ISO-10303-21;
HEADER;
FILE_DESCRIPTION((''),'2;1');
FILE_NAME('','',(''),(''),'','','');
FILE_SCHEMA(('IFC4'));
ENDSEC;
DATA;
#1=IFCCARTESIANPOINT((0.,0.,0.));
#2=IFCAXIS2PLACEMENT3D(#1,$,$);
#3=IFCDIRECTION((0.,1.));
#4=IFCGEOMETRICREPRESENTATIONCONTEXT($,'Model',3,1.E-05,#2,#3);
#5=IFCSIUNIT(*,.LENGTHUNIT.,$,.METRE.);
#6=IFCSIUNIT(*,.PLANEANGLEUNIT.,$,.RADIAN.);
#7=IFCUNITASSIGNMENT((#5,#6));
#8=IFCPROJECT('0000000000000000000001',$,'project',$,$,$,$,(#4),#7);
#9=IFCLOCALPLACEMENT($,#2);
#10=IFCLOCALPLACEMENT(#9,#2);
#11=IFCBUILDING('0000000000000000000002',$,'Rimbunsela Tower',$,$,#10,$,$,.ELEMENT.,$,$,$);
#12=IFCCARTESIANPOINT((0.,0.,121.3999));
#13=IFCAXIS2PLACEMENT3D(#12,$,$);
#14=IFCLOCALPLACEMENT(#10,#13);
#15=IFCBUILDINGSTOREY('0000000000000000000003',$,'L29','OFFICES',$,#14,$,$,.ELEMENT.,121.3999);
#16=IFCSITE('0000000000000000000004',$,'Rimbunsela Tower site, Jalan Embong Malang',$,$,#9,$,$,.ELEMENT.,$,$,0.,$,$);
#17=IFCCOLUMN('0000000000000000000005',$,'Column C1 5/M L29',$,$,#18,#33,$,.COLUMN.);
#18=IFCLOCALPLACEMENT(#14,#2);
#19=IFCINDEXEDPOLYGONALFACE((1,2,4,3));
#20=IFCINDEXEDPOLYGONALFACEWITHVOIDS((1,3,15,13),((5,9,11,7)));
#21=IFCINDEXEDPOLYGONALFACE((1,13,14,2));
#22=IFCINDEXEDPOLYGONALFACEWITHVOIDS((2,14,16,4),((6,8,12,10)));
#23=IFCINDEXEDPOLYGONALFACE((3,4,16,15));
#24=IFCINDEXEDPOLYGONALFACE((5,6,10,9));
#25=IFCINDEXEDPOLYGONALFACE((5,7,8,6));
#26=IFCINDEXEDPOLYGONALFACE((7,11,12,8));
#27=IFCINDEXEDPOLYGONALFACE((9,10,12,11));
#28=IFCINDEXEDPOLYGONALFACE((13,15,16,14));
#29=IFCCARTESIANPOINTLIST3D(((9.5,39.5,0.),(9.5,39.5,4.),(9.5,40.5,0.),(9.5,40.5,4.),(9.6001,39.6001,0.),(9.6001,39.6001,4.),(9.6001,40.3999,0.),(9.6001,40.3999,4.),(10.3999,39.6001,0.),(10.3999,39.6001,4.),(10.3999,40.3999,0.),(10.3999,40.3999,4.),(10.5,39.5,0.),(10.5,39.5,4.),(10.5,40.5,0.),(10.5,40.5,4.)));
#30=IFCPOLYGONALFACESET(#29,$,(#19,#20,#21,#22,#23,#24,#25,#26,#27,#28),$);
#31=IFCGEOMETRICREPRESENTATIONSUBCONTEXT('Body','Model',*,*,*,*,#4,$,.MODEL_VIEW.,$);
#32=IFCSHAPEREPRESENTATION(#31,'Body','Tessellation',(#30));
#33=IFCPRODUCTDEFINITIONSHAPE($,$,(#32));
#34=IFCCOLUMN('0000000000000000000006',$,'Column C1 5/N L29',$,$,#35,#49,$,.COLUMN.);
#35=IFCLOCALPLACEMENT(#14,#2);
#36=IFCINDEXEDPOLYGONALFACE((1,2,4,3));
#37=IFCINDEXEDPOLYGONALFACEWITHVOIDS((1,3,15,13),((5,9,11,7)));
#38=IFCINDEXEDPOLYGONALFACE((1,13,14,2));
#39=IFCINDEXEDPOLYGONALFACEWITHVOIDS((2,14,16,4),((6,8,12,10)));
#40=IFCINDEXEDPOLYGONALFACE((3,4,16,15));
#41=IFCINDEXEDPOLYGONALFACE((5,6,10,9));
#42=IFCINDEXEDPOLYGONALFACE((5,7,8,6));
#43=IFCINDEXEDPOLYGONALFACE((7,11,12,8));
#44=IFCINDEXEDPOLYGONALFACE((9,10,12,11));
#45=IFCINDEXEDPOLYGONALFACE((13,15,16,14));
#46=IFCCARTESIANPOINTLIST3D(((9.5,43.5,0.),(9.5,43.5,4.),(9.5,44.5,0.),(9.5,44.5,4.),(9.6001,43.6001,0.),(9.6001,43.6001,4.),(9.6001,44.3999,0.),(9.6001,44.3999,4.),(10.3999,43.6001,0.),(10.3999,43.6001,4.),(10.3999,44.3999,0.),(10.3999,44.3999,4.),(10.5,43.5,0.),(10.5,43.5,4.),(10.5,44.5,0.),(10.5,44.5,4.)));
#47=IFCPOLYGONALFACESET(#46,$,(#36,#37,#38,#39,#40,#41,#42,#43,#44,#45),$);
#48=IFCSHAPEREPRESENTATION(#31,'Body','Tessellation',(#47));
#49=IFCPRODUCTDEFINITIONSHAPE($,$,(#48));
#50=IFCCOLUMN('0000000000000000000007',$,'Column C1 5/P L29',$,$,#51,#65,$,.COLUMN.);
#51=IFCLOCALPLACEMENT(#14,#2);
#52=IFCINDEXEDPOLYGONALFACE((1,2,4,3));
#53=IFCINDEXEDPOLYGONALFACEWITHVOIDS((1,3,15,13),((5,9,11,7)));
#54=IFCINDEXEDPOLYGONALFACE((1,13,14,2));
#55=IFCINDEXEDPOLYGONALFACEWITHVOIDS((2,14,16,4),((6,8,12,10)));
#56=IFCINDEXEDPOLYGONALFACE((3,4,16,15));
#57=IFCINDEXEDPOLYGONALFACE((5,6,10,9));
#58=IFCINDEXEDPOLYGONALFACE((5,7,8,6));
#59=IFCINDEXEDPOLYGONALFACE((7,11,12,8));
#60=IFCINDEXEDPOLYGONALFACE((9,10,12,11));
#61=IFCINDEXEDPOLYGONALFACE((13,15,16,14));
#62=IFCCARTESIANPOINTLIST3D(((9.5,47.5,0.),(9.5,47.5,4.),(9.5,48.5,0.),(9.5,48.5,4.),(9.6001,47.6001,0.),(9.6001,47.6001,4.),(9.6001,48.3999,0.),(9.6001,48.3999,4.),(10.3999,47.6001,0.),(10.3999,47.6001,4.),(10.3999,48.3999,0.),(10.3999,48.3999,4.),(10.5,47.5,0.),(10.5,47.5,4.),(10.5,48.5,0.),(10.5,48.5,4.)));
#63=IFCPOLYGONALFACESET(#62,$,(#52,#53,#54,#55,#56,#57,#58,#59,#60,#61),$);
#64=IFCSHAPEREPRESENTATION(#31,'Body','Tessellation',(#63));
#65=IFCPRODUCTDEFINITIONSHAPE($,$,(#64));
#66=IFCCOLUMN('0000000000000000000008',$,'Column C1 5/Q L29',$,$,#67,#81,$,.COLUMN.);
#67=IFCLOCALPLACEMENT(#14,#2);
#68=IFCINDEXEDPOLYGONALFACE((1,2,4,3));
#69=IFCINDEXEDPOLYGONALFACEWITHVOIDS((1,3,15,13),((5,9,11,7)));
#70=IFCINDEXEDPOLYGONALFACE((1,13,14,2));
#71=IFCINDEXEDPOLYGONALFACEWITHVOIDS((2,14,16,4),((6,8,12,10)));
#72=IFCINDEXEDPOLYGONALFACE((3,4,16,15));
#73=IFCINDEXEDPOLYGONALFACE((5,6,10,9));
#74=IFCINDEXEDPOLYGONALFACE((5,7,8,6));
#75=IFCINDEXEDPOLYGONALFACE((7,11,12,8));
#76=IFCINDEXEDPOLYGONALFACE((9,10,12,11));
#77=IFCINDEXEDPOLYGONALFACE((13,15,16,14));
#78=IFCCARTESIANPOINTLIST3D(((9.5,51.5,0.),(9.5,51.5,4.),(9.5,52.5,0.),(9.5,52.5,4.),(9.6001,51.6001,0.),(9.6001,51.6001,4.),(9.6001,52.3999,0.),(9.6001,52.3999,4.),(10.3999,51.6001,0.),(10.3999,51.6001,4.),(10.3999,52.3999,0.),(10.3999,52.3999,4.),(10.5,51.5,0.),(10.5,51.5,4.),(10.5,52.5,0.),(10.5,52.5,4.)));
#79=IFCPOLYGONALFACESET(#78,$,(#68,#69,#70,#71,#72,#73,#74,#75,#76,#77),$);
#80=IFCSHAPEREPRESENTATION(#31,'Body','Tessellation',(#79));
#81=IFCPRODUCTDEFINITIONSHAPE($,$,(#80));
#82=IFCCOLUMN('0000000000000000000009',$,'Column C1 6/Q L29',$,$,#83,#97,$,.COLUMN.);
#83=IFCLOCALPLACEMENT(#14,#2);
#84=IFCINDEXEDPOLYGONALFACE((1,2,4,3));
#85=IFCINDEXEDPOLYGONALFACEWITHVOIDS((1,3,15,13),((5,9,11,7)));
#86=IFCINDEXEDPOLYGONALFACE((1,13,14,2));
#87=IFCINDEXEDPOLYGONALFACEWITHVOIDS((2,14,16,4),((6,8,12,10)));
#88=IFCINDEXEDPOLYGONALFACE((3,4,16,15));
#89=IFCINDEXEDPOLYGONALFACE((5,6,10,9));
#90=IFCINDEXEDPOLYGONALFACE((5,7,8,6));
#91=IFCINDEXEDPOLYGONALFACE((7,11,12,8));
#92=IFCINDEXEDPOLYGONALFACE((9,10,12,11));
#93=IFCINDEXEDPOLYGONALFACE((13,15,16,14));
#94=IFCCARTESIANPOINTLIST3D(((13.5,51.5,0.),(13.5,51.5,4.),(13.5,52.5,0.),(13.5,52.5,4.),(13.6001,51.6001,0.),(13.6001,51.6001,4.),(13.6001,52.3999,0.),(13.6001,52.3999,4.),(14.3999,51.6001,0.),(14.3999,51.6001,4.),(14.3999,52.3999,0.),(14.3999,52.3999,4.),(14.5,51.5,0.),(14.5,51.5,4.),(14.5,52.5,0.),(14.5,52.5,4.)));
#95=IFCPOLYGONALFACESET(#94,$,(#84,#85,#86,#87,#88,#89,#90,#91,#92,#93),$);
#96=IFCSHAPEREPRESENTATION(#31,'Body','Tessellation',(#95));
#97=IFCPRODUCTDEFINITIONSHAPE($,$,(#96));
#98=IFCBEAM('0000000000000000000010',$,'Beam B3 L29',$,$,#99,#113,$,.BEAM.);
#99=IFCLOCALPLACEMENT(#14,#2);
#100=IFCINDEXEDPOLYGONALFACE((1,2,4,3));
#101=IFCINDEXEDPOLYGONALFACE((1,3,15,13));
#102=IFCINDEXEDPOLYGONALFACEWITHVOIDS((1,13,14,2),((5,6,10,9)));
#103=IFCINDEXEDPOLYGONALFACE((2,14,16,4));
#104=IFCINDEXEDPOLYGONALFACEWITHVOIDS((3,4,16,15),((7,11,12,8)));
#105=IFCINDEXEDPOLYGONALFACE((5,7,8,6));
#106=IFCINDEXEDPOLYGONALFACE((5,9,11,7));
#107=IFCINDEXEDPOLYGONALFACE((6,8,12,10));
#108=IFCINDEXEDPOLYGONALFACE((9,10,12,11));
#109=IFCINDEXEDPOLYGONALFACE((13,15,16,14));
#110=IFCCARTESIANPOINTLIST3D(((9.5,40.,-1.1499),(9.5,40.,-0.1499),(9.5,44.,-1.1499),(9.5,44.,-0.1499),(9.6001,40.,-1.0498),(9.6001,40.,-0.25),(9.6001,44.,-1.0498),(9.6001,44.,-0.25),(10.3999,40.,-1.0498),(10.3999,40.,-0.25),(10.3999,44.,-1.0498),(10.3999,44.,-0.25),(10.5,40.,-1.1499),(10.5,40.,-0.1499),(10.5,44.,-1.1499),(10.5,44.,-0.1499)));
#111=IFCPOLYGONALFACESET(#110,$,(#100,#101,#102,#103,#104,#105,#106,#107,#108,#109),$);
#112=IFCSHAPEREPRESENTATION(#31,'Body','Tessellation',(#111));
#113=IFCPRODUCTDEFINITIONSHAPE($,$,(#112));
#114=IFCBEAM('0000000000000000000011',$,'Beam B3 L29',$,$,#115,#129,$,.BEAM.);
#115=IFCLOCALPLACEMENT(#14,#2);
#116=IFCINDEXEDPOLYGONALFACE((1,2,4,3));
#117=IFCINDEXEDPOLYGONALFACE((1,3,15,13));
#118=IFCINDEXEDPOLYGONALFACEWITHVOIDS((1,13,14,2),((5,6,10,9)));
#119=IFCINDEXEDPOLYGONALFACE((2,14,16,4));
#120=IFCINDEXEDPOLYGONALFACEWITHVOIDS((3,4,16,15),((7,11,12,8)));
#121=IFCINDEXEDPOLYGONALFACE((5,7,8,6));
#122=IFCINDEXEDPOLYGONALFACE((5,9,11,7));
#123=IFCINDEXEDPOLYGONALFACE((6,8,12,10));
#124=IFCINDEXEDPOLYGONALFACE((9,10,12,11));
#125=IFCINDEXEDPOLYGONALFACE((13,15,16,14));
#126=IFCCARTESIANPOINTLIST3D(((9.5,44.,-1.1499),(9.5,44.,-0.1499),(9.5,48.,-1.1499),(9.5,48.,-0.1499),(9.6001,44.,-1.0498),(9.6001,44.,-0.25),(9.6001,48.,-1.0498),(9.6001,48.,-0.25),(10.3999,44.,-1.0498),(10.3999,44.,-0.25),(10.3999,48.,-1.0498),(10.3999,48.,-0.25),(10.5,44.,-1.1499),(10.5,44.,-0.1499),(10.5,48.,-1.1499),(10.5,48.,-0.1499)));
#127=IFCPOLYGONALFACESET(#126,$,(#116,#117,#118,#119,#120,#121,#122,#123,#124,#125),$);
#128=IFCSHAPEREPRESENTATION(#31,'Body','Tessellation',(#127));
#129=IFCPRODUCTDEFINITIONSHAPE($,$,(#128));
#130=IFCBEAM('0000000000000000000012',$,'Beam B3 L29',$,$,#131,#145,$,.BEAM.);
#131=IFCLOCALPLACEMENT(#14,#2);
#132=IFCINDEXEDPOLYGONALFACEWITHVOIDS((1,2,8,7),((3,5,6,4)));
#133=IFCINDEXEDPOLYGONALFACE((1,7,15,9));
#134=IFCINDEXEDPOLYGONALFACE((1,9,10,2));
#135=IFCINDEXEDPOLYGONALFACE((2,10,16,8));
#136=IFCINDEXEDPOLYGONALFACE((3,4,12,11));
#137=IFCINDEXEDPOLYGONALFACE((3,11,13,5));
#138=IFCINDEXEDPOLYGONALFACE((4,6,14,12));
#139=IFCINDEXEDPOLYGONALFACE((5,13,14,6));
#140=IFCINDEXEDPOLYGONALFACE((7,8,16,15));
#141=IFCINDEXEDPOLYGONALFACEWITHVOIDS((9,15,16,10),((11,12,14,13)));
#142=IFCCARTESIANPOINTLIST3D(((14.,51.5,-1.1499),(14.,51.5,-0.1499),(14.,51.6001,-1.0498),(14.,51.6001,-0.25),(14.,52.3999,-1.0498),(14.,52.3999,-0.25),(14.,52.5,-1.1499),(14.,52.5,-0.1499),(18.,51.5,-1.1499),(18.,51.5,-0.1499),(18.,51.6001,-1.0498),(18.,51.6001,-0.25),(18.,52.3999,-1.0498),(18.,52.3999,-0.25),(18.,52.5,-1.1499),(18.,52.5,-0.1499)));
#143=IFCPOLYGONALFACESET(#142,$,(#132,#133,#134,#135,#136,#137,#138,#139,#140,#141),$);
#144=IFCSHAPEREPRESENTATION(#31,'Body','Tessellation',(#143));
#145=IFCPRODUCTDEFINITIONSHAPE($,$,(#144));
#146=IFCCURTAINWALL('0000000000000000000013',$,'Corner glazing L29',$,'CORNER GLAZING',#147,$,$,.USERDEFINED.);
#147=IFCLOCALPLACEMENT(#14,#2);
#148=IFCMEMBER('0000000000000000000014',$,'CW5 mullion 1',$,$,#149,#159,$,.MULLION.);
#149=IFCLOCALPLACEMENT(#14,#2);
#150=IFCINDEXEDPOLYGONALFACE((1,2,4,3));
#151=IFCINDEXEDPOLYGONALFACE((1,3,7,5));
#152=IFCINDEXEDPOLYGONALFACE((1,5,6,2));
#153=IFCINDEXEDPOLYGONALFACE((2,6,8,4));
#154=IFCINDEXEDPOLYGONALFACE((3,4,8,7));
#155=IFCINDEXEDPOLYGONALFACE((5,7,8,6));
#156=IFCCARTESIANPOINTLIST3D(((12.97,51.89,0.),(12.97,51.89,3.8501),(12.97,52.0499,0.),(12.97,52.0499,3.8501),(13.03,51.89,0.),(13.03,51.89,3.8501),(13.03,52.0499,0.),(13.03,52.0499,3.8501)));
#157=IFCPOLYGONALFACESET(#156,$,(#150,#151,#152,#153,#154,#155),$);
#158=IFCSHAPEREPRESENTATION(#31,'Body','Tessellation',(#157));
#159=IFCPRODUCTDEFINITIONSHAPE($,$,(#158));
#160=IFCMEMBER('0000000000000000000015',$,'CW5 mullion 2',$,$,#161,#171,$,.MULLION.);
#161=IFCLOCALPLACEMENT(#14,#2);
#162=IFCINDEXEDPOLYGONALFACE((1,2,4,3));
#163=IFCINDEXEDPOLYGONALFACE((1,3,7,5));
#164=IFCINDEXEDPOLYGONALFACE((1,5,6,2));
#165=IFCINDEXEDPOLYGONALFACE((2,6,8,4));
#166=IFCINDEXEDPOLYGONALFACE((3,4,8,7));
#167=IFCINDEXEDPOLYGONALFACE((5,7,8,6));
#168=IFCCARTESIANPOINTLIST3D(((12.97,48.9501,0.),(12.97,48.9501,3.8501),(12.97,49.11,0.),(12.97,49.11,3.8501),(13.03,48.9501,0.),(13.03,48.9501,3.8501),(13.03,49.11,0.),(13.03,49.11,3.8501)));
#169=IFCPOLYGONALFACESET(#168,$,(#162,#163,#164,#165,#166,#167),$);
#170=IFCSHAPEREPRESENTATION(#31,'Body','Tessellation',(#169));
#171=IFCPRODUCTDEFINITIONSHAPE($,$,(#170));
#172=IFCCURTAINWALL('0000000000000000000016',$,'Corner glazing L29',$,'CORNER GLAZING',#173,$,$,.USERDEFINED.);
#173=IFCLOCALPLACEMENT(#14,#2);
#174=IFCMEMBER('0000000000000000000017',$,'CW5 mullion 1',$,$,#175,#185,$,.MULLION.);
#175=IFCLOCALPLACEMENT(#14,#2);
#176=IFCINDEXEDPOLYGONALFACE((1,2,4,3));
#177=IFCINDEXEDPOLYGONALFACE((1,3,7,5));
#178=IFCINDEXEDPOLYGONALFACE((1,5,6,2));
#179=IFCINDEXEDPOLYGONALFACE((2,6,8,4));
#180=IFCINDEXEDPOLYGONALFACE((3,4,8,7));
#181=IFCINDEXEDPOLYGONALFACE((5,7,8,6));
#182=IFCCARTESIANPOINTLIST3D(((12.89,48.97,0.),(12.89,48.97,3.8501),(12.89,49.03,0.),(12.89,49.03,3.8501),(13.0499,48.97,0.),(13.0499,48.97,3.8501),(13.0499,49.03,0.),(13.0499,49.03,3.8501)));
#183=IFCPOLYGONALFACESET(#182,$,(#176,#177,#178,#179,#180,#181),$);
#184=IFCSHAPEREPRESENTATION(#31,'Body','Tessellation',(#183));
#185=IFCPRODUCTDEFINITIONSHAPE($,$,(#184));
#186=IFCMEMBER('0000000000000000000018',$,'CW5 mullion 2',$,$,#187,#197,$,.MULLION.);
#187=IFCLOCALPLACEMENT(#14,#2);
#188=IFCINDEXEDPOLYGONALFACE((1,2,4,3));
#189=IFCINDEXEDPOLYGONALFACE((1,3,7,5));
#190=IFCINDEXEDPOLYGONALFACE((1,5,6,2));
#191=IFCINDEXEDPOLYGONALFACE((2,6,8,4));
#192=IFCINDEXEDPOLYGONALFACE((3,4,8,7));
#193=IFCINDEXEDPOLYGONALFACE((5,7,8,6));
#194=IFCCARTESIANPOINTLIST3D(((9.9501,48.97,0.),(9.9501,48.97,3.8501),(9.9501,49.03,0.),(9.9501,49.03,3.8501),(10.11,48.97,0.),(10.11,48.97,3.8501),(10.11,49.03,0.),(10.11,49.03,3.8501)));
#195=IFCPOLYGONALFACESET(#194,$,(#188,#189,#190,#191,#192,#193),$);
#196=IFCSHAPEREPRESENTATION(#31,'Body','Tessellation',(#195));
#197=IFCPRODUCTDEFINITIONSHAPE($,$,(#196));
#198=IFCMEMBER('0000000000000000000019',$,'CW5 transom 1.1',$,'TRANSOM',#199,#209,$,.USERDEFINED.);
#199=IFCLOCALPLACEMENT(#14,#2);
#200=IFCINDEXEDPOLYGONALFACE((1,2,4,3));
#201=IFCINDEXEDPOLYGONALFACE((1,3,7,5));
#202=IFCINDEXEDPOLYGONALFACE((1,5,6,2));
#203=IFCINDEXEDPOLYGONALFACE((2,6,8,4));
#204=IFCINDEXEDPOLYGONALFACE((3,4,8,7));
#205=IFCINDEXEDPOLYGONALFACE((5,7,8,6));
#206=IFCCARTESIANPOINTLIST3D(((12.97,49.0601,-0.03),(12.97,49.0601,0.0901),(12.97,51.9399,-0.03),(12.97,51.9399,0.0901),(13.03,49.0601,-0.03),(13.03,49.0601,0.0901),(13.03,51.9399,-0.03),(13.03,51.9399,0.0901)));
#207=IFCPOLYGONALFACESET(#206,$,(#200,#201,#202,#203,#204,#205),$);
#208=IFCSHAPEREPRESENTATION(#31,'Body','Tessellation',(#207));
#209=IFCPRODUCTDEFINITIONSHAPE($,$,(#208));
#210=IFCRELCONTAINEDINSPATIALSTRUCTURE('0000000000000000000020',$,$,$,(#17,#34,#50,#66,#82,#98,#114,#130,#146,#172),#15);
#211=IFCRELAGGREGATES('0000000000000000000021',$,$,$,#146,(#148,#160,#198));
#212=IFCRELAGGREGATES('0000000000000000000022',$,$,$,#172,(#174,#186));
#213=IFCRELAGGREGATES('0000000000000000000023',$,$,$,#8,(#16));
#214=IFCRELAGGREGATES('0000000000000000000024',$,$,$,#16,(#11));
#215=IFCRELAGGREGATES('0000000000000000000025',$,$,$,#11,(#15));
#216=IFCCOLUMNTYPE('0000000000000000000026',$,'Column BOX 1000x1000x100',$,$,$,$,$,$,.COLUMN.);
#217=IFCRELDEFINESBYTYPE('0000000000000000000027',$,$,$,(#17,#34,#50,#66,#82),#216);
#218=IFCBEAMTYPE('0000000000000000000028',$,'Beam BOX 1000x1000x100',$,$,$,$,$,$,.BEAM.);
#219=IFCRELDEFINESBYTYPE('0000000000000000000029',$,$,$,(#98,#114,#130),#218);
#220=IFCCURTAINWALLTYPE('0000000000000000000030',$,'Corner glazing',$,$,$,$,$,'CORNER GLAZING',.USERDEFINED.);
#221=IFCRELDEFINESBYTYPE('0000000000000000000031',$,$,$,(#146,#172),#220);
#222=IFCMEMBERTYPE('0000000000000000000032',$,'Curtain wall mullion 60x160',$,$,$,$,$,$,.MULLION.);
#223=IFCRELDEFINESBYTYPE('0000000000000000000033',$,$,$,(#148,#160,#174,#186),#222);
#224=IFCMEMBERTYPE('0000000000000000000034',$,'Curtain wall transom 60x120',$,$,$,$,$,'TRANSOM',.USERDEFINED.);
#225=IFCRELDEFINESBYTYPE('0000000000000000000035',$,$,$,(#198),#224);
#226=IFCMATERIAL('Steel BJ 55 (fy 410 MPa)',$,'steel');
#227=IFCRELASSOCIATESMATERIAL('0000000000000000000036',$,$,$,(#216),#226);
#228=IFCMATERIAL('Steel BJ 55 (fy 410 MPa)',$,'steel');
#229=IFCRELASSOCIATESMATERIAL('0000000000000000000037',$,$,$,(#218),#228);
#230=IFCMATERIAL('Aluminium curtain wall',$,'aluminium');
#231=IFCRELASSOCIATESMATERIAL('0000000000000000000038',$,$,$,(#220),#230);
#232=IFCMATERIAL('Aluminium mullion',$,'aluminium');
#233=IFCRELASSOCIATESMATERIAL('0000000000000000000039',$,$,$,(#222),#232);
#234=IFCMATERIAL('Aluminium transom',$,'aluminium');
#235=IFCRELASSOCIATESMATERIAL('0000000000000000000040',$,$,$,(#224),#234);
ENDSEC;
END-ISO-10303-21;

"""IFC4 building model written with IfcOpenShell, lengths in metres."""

from ifc_helpers import new_model, si_unit, direction, frame, origin, origin_2d, place, context, subcontext, project, spatial, rectangle, hollow_rectangle, extrude, material, material_profile, profile_set, type_object, element, aggregate, save


model = new_model("IFC4")

# Units and contexts
model_context = context("Model", 3, precision=1e-05, world=origin(), true_north=direction((0.0, 1.0)))
body_context = subcontext(model_context, "Body", "Model", "MODEL_VIEW")
ifc_project = project(units=[si_unit("LENGTHUNIT", "METRE"), si_unit("PLANEANGLEUNIT", "RADIAN")], contexts=[model_context])

# Site, building, storey
site_placement = place(None, origin())
site = spatial("IfcSite", under=ifc_project, at=site_placement, Name="Rimbunsela Tower site, Jalan Embong Malang", CompositionType="ELEMENT", RefElevation=0.0)
building_placement = place(site_placement, origin())
building = spatial("IfcBuilding", under=site, at=building_placement, Name="Rimbunsela Tower", CompositionType="ELEMENT")
storey_placement = place(building_placement, frame((0.0, 0.0, 121.3999)))
storey = spatial("IfcBuildingStorey", under=building, at=storey_placement, Name="L29", Description="OFFICES", CompositionType="ELEMENT", Elevation=121.3999)

# Columns
ifc_material_1 = material(Name="Steel BJ 55 (fy 410 MPa)", Category="steel")
ifc_material_profile_1 = material_profile(ifc_material_1, hollow_rectangle(XDim=1.0, YDim=1.0, WallThickness=0.1001, at=origin_2d()), Name="BOX 1000x1000x100")
ifc_profile_set_1 = profile_set([ifc_material_profile_1], Name="Steel BJ 55 (fy 410 MPa)")
column_type = type_object("IfcColumnType", Name="Column BOX 1000x1000x100", PredefinedType="COLUMN", material=ifc_profile_set_1)
for number, where, z_axis, x_axis, name in (
    (1, (10.0, 40.0, 0.0), (0.0, 0.0, 1.0), (1.0, 0.0, 0.0), "Column C1 5/M L29"),
    (2, (10.0, 44.0, 0.0), (0.0, 0.0, 1.0), (1.0, 0.0, 0.0), "Column C1 5/N L29"),
    (3, (10.0, 48.0, 0.0), (0.0, 0.0, 1.0), (1.0, 0.0, 0.0), "Column C1 5/P L29"),
    (4, (10.0, 52.0, 0.0), (0.0, 0.0, 1.0), (1.0, 0.0, 0.0), "Column C1 5/Q L29"),
    (5, (14.0, 52.0, 0.0), (0.0, 0.0, 1.0), (1.0, 0.0, 0.0), "Column C1 6/Q L29"),
):
    element("IfcColumn", number, at=place(storey_placement, frame(where, z_axis=z_axis, x_axis=x_axis)), inside=storey, type_object=column_type, Name=name, PredefinedType="COLUMN", context=body_context, shape_type="SweptSolid", body=[
        extrude(hollow_rectangle(XDim=1.0, YDim=1.0, WallThickness=0.1001, at=origin_2d()), origin(), (0.0, 0.0, 1.0), 4.0),
    ])

# Beams
ifc_material_2 = material(Name="Steel BJ 55 (fy 410 MPa)", Category="steel")
ifc_material_profile_2 = material_profile(ifc_material_2, hollow_rectangle(XDim=1.0, YDim=1.0, WallThickness=0.1001, at=origin_2d()), Name="BOX 1000x1000x100")
ifc_profile_set_2 = profile_set([ifc_material_profile_2], Name="Steel BJ 55 (fy 410 MPa)")
beam_type = type_object("IfcBeamType", Name="Beam BOX 1000x1000x100", PredefinedType="BEAM", material=ifc_profile_set_2)
for number, where, z_axis, x_axis, name in (
    (6, (10.0, 40.0, -0.6499), (0.0, 1.0, 0.0), (-1.0, 0.0, 0.0), "Beam B3 L29"),
    (7, (10.0, 44.0, -0.6499), (0.0, 1.0, 0.0), (-1.0, 0.0, 0.0), "Beam B3 L29"),
    (8, (14.0, 52.0, -0.6499), (1.0, 0.0, 0.0), (0.0, 1.0, 0.0), "Beam B3 L29"),
):
    element("IfcBeam", number, at=place(storey_placement, frame(where, z_axis=z_axis, x_axis=x_axis)), inside=storey, type_object=beam_type, Name=name, PredefinedType="BEAM", context=body_context, shape_type="SweptSolid", body=[
        extrude(hollow_rectangle(XDim=1.0, YDim=1.0, WallThickness=0.1001, at=origin_2d()), origin(), (0.0, 0.0, 1.0), 4.0),
    ])

# Curtain walls, members
ifc_material_3 = material(Name="Aluminium curtain wall", Category="aluminium")
curtain_wall_type = type_object("IfcCurtainWallType", Name="Corner glazing", ElementType="CORNER GLAZING", PredefinedType="USERDEFINED", material=ifc_material_3)
curtain_wall_1_placement = place(storey_placement, origin())
curtain_wall_1 = element("IfcCurtainWall", 9, at=curtain_wall_1_placement, inside=storey, type_object=curtain_wall_type, Name="Corner glazing L29", ObjectType="CORNER GLAZING", PredefinedType="USERDEFINED")
ifc_material_4 = material(Name="Aluminium mullion", Category="aluminium")
ifc_material_profile_3 = material_profile(ifc_material_4, rectangle(XDim=0.0601, YDim=0.1599, at=origin_2d()), Name="Mullion 60x160")
ifc_profile_set_3 = profile_set([ifc_material_profile_3], Name="Aluminium mullion")
member_type_1 = type_object("IfcMemberType", Name="Curtain wall mullion 60x160", PredefinedType="MULLION", material=ifc_profile_set_3)
member_1_placement = place(storey_placement, frame((13.0, 51.97, 0.0), z_axis=(0.0, 0.0, 1.0), x_axis=(1.0, 0.0, 0.0)))
member_1 = element("IfcMember", 10, at=member_1_placement, type_object=member_type_1, Name="CW5 mullion 1", PredefinedType="MULLION", context=body_context, shape_type="SweptSolid", body=[
    extrude(rectangle(XDim=0.0601, YDim=0.1599, at=origin_2d()), origin(), (0.0, 0.0, 1.0), 3.8501),
])
member_2_placement = place(storey_placement, frame((13.0, 49.03, 0.0), z_axis=(0.0, 0.0, 1.0), x_axis=(1.0, 0.0, 0.0)))
member_2 = element("IfcMember", 11, at=member_2_placement, type_object=member_type_1, Name="CW5 mullion 2", PredefinedType="MULLION", context=body_context, shape_type="SweptSolid", body=[
    extrude(rectangle(XDim=0.0601, YDim=0.1599, at=origin_2d()), origin(), (0.0, 0.0, 1.0), 3.8501),
])
curtain_wall_2_placement = place(storey_placement, origin())
curtain_wall_2 = element("IfcCurtainWall", 12, at=curtain_wall_2_placement, inside=storey, type_object=curtain_wall_type, Name="Corner glazing L29", ObjectType="CORNER GLAZING", PredefinedType="USERDEFINED")
member_3_placement = place(storey_placement, frame((12.97, 49.0, 0.0), z_axis=(0.0, 0.0, 1.0), x_axis=(0.0, -1.0, 0.0)))
member_3 = element("IfcMember", 13, at=member_3_placement, type_object=member_type_1, Name="CW5 mullion 1", PredefinedType="MULLION", context=body_context, shape_type="SweptSolid", body=[
    extrude(rectangle(XDim=0.0601, YDim=0.1599, at=origin_2d()), origin(), (0.0, 0.0, 1.0), 3.8501),
])
member_4_placement = place(storey_placement, frame((10.03, 49.0, 0.0), z_axis=(0.0, 0.0, 1.0), x_axis=(0.0, -1.0, 0.0)))
member_4 = element("IfcMember", 14, at=member_4_placement, type_object=member_type_1, Name="CW5 mullion 2", PredefinedType="MULLION", context=body_context, shape_type="SweptSolid", body=[
    extrude(rectangle(XDim=0.0601, YDim=0.1599, at=origin_2d()), origin(), (0.0, 0.0, 1.0), 3.8501),
])

# Member
ifc_material_5 = material(Name="Aluminium transom", Category="aluminium")
ifc_material_profile_4 = material_profile(ifc_material_5, rectangle(XDim=0.0601, YDim=0.1201, at=origin_2d()), Name="Transom 60x120")
ifc_profile_set_4 = profile_set([ifc_material_profile_4], Name="Aluminium transom")
member_type_2 = type_object("IfcMemberType", Name="Curtain wall transom 60x120", ElementType="TRANSOM", PredefinedType="USERDEFINED", material=ifc_profile_set_4)
member_5_placement = place(storey_placement, frame((13.0, 51.9399, 0.03), z_axis=(0.0, -1.0, 0.0), x_axis=(1.0, 0.0, 0.0)))
member_5 = element("IfcMember", 15, at=member_5_placement, type_object=member_type_2, Name="CW5 transom 1.1", ObjectType="TRANSOM", PredefinedType="USERDEFINED", context=body_context, shape_type="SweptSolid", body=[
    extrude(rectangle(XDim=0.0601, YDim=0.1201, at=origin_2d()), origin(), (0.0, 0.0, 1.0), 2.8799),
])

aggregate(curtain_wall_1, [member_1, member_2, member_5])
aggregate(curtain_wall_2, [member_3, member_4])

save(model, "model.ifc")
